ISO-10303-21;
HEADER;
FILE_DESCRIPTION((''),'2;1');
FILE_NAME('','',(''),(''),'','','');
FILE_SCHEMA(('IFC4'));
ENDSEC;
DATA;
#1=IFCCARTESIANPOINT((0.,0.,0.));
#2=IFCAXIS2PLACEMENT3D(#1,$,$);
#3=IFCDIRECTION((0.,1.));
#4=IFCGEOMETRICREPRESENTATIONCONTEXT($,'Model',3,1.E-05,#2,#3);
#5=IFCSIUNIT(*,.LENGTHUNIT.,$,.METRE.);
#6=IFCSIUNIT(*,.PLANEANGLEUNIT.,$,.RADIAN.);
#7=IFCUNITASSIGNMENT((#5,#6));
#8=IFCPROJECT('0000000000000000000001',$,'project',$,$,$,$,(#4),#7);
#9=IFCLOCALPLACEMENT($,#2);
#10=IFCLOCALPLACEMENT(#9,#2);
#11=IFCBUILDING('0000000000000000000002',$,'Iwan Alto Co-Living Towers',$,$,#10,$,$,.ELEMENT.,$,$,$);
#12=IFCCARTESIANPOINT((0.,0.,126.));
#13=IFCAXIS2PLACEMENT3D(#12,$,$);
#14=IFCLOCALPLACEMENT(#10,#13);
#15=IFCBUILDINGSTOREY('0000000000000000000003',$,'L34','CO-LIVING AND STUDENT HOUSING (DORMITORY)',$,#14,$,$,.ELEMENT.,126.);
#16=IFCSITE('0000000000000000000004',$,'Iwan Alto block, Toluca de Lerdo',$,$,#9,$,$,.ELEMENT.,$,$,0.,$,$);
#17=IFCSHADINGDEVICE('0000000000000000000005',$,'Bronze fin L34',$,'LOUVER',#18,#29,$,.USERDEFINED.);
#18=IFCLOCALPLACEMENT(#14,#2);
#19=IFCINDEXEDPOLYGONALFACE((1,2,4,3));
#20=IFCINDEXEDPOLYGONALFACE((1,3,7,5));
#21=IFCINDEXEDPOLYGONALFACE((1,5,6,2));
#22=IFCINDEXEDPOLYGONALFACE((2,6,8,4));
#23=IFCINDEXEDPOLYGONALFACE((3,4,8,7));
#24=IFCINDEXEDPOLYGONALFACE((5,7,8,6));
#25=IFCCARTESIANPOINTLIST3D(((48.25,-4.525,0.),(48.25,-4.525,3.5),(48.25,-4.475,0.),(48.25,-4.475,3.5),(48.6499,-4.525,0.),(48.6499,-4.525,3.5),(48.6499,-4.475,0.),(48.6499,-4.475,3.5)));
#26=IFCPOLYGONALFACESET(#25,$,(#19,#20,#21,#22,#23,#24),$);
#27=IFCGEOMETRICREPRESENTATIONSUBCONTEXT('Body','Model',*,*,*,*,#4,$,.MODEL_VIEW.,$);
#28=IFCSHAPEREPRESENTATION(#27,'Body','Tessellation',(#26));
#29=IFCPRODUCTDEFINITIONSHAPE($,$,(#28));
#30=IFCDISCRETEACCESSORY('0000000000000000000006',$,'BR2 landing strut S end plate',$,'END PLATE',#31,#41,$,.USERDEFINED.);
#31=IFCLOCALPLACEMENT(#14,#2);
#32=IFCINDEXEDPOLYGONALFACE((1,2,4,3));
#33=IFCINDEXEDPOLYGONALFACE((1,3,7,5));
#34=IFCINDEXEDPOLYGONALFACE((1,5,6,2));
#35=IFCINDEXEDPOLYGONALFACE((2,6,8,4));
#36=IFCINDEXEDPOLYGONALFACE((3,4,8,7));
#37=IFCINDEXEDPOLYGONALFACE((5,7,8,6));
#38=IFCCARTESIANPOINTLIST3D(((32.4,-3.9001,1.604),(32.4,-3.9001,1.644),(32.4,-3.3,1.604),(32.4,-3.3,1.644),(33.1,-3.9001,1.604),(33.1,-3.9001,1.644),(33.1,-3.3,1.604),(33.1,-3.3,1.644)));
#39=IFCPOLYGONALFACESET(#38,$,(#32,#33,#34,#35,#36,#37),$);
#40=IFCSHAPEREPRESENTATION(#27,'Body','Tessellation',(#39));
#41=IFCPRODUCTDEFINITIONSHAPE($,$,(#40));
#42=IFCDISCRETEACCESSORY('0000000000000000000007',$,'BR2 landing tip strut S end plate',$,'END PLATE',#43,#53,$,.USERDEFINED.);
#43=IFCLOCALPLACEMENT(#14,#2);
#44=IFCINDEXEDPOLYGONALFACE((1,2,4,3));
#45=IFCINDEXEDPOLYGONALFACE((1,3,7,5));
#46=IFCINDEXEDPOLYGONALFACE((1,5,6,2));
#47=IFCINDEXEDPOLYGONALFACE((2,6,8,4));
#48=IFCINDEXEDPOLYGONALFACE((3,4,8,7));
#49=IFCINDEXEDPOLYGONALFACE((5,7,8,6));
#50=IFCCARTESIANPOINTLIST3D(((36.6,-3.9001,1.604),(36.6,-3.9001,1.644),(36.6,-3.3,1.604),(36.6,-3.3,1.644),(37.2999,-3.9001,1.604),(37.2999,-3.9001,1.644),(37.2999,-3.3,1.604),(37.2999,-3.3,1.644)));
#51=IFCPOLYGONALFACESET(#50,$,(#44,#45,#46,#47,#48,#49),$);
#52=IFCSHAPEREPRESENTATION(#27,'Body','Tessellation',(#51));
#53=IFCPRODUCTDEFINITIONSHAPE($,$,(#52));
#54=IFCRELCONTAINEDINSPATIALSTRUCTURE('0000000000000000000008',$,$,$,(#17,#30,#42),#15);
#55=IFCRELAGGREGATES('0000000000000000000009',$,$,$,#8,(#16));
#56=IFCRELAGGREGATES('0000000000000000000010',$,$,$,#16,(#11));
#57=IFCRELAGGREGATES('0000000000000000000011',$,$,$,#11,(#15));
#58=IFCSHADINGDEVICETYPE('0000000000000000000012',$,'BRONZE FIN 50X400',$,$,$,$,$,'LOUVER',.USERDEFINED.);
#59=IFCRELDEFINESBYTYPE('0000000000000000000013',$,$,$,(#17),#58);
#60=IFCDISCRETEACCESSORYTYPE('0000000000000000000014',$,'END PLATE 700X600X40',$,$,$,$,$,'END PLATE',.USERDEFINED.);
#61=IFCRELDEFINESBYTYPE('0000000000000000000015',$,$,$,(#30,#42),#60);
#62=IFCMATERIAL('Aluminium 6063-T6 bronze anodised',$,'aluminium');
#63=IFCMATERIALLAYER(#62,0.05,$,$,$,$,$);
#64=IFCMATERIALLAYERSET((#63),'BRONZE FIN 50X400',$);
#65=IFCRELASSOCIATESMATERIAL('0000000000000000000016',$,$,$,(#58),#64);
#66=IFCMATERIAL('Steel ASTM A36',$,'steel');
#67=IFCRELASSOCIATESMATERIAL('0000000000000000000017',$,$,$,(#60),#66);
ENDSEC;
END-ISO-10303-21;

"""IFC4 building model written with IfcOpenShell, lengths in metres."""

from ifc_helpers import new_model, si_unit, direction, frame, origin, origin_2d, place, context, subcontext, project, spatial, rectangle, extrude, material, layer, layer_set, type_object, element, save


model = new_model("IFC4")

# Units and contexts
model_context = context("Model", 3, precision=1e-05, world=origin(), true_north=direction((0.0, 1.0)))
body_context = subcontext(model_context, "Body", "Model", "MODEL_VIEW")
ifc_project = project(units=[si_unit("LENGTHUNIT", "METRE"), si_unit("PLANEANGLEUNIT", "RADIAN")], contexts=[model_context])

# Site, building, storey
site_placement = place(None, origin())
site = spatial("IfcSite", under=ifc_project, at=site_placement, Name="Iwan Alto block, Toluca de Lerdo", CompositionType="ELEMENT", RefElevation=0.0)
building_placement = place(site_placement, origin())
building = spatial("IfcBuilding", under=site, at=building_placement, Name="Iwan Alto Co-Living Towers", CompositionType="ELEMENT")
storey_placement = place(building_placement, frame((0.0, 0.0, 126.0)))
storey = spatial("IfcBuildingStorey", under=building, at=storey_placement, Name="L34", Description="CO-LIVING AND STUDENT HOUSING (DORMITORY)", CompositionType="ELEMENT", Elevation=126.0)

# Shading device
ifc_material_1 = material(Name="Aluminium 6063-T6 bronze anodised", Category="aluminium")
ifc_layer_1 = layer(ifc_material_1, 0.05)
ifc_layer_set_1 = layer_set([ifc_layer_1], Name="BRONZE FIN 50X400")
shading_device_type = type_object("IfcShadingDeviceType", Name="BRONZE FIN 50X400", ElementType="LOUVER", PredefinedType="USERDEFINED", material=ifc_layer_set_1)
shading_device_placement = place(storey_placement, frame((48.45, -4.5, 0.0), z_axis=(0.0, 0.0, 1.0), x_axis=(0.0, -1.0, 0.0)))
element("IfcShadingDevice", 1, at=shading_device_placement, inside=storey, type_object=shading_device_type, Name="Bronze fin L34", ObjectType="LOUVER", PredefinedType="USERDEFINED", context=body_context, shape_type="SweptSolid", body=[
    extrude(rectangle(XDim=0.05, YDim=0.3999, at=origin_2d()), origin(), (0.0, 0.0, 1.0), 3.5),
])

# Discrete accessories
ifc_material_2 = material(Name="Steel ASTM A36", Category="steel")
discrete_accessory_type = type_object("IfcDiscreteAccessoryType", Name="END PLATE 700X600X40", ElementType="END PLATE", PredefinedType="USERDEFINED", material=ifc_material_2)
for number, where, z_axis, x_axis, name in (
    (2, (32.75, -3.6001, 1.604), (0.0, 0.0, 1.0), (1.0, 0.0, 0.0), "BR2 landing strut S end plate"),
    (3, (36.95, -3.6001, 1.604), (0.0, 0.0, 1.0), (1.0, 0.0, 0.0), "BR2 landing tip strut S end plate"),
):
    element("IfcDiscreteAccessory", number, at=place(storey_placement, frame(where, z_axis=z_axis, x_axis=x_axis)), inside=storey, type_object=discrete_accessory_type, Name=name, ObjectType="END PLATE", PredefinedType="USERDEFINED", context=body_context, shape_type="SweptSolid", body=[
        extrude(rectangle(XDim=0.7, YDim=0.6001, at=origin_2d()), origin(), (0.0, 0.0, 1.0), 0.04),
    ])

save(model, "model.ifc")
